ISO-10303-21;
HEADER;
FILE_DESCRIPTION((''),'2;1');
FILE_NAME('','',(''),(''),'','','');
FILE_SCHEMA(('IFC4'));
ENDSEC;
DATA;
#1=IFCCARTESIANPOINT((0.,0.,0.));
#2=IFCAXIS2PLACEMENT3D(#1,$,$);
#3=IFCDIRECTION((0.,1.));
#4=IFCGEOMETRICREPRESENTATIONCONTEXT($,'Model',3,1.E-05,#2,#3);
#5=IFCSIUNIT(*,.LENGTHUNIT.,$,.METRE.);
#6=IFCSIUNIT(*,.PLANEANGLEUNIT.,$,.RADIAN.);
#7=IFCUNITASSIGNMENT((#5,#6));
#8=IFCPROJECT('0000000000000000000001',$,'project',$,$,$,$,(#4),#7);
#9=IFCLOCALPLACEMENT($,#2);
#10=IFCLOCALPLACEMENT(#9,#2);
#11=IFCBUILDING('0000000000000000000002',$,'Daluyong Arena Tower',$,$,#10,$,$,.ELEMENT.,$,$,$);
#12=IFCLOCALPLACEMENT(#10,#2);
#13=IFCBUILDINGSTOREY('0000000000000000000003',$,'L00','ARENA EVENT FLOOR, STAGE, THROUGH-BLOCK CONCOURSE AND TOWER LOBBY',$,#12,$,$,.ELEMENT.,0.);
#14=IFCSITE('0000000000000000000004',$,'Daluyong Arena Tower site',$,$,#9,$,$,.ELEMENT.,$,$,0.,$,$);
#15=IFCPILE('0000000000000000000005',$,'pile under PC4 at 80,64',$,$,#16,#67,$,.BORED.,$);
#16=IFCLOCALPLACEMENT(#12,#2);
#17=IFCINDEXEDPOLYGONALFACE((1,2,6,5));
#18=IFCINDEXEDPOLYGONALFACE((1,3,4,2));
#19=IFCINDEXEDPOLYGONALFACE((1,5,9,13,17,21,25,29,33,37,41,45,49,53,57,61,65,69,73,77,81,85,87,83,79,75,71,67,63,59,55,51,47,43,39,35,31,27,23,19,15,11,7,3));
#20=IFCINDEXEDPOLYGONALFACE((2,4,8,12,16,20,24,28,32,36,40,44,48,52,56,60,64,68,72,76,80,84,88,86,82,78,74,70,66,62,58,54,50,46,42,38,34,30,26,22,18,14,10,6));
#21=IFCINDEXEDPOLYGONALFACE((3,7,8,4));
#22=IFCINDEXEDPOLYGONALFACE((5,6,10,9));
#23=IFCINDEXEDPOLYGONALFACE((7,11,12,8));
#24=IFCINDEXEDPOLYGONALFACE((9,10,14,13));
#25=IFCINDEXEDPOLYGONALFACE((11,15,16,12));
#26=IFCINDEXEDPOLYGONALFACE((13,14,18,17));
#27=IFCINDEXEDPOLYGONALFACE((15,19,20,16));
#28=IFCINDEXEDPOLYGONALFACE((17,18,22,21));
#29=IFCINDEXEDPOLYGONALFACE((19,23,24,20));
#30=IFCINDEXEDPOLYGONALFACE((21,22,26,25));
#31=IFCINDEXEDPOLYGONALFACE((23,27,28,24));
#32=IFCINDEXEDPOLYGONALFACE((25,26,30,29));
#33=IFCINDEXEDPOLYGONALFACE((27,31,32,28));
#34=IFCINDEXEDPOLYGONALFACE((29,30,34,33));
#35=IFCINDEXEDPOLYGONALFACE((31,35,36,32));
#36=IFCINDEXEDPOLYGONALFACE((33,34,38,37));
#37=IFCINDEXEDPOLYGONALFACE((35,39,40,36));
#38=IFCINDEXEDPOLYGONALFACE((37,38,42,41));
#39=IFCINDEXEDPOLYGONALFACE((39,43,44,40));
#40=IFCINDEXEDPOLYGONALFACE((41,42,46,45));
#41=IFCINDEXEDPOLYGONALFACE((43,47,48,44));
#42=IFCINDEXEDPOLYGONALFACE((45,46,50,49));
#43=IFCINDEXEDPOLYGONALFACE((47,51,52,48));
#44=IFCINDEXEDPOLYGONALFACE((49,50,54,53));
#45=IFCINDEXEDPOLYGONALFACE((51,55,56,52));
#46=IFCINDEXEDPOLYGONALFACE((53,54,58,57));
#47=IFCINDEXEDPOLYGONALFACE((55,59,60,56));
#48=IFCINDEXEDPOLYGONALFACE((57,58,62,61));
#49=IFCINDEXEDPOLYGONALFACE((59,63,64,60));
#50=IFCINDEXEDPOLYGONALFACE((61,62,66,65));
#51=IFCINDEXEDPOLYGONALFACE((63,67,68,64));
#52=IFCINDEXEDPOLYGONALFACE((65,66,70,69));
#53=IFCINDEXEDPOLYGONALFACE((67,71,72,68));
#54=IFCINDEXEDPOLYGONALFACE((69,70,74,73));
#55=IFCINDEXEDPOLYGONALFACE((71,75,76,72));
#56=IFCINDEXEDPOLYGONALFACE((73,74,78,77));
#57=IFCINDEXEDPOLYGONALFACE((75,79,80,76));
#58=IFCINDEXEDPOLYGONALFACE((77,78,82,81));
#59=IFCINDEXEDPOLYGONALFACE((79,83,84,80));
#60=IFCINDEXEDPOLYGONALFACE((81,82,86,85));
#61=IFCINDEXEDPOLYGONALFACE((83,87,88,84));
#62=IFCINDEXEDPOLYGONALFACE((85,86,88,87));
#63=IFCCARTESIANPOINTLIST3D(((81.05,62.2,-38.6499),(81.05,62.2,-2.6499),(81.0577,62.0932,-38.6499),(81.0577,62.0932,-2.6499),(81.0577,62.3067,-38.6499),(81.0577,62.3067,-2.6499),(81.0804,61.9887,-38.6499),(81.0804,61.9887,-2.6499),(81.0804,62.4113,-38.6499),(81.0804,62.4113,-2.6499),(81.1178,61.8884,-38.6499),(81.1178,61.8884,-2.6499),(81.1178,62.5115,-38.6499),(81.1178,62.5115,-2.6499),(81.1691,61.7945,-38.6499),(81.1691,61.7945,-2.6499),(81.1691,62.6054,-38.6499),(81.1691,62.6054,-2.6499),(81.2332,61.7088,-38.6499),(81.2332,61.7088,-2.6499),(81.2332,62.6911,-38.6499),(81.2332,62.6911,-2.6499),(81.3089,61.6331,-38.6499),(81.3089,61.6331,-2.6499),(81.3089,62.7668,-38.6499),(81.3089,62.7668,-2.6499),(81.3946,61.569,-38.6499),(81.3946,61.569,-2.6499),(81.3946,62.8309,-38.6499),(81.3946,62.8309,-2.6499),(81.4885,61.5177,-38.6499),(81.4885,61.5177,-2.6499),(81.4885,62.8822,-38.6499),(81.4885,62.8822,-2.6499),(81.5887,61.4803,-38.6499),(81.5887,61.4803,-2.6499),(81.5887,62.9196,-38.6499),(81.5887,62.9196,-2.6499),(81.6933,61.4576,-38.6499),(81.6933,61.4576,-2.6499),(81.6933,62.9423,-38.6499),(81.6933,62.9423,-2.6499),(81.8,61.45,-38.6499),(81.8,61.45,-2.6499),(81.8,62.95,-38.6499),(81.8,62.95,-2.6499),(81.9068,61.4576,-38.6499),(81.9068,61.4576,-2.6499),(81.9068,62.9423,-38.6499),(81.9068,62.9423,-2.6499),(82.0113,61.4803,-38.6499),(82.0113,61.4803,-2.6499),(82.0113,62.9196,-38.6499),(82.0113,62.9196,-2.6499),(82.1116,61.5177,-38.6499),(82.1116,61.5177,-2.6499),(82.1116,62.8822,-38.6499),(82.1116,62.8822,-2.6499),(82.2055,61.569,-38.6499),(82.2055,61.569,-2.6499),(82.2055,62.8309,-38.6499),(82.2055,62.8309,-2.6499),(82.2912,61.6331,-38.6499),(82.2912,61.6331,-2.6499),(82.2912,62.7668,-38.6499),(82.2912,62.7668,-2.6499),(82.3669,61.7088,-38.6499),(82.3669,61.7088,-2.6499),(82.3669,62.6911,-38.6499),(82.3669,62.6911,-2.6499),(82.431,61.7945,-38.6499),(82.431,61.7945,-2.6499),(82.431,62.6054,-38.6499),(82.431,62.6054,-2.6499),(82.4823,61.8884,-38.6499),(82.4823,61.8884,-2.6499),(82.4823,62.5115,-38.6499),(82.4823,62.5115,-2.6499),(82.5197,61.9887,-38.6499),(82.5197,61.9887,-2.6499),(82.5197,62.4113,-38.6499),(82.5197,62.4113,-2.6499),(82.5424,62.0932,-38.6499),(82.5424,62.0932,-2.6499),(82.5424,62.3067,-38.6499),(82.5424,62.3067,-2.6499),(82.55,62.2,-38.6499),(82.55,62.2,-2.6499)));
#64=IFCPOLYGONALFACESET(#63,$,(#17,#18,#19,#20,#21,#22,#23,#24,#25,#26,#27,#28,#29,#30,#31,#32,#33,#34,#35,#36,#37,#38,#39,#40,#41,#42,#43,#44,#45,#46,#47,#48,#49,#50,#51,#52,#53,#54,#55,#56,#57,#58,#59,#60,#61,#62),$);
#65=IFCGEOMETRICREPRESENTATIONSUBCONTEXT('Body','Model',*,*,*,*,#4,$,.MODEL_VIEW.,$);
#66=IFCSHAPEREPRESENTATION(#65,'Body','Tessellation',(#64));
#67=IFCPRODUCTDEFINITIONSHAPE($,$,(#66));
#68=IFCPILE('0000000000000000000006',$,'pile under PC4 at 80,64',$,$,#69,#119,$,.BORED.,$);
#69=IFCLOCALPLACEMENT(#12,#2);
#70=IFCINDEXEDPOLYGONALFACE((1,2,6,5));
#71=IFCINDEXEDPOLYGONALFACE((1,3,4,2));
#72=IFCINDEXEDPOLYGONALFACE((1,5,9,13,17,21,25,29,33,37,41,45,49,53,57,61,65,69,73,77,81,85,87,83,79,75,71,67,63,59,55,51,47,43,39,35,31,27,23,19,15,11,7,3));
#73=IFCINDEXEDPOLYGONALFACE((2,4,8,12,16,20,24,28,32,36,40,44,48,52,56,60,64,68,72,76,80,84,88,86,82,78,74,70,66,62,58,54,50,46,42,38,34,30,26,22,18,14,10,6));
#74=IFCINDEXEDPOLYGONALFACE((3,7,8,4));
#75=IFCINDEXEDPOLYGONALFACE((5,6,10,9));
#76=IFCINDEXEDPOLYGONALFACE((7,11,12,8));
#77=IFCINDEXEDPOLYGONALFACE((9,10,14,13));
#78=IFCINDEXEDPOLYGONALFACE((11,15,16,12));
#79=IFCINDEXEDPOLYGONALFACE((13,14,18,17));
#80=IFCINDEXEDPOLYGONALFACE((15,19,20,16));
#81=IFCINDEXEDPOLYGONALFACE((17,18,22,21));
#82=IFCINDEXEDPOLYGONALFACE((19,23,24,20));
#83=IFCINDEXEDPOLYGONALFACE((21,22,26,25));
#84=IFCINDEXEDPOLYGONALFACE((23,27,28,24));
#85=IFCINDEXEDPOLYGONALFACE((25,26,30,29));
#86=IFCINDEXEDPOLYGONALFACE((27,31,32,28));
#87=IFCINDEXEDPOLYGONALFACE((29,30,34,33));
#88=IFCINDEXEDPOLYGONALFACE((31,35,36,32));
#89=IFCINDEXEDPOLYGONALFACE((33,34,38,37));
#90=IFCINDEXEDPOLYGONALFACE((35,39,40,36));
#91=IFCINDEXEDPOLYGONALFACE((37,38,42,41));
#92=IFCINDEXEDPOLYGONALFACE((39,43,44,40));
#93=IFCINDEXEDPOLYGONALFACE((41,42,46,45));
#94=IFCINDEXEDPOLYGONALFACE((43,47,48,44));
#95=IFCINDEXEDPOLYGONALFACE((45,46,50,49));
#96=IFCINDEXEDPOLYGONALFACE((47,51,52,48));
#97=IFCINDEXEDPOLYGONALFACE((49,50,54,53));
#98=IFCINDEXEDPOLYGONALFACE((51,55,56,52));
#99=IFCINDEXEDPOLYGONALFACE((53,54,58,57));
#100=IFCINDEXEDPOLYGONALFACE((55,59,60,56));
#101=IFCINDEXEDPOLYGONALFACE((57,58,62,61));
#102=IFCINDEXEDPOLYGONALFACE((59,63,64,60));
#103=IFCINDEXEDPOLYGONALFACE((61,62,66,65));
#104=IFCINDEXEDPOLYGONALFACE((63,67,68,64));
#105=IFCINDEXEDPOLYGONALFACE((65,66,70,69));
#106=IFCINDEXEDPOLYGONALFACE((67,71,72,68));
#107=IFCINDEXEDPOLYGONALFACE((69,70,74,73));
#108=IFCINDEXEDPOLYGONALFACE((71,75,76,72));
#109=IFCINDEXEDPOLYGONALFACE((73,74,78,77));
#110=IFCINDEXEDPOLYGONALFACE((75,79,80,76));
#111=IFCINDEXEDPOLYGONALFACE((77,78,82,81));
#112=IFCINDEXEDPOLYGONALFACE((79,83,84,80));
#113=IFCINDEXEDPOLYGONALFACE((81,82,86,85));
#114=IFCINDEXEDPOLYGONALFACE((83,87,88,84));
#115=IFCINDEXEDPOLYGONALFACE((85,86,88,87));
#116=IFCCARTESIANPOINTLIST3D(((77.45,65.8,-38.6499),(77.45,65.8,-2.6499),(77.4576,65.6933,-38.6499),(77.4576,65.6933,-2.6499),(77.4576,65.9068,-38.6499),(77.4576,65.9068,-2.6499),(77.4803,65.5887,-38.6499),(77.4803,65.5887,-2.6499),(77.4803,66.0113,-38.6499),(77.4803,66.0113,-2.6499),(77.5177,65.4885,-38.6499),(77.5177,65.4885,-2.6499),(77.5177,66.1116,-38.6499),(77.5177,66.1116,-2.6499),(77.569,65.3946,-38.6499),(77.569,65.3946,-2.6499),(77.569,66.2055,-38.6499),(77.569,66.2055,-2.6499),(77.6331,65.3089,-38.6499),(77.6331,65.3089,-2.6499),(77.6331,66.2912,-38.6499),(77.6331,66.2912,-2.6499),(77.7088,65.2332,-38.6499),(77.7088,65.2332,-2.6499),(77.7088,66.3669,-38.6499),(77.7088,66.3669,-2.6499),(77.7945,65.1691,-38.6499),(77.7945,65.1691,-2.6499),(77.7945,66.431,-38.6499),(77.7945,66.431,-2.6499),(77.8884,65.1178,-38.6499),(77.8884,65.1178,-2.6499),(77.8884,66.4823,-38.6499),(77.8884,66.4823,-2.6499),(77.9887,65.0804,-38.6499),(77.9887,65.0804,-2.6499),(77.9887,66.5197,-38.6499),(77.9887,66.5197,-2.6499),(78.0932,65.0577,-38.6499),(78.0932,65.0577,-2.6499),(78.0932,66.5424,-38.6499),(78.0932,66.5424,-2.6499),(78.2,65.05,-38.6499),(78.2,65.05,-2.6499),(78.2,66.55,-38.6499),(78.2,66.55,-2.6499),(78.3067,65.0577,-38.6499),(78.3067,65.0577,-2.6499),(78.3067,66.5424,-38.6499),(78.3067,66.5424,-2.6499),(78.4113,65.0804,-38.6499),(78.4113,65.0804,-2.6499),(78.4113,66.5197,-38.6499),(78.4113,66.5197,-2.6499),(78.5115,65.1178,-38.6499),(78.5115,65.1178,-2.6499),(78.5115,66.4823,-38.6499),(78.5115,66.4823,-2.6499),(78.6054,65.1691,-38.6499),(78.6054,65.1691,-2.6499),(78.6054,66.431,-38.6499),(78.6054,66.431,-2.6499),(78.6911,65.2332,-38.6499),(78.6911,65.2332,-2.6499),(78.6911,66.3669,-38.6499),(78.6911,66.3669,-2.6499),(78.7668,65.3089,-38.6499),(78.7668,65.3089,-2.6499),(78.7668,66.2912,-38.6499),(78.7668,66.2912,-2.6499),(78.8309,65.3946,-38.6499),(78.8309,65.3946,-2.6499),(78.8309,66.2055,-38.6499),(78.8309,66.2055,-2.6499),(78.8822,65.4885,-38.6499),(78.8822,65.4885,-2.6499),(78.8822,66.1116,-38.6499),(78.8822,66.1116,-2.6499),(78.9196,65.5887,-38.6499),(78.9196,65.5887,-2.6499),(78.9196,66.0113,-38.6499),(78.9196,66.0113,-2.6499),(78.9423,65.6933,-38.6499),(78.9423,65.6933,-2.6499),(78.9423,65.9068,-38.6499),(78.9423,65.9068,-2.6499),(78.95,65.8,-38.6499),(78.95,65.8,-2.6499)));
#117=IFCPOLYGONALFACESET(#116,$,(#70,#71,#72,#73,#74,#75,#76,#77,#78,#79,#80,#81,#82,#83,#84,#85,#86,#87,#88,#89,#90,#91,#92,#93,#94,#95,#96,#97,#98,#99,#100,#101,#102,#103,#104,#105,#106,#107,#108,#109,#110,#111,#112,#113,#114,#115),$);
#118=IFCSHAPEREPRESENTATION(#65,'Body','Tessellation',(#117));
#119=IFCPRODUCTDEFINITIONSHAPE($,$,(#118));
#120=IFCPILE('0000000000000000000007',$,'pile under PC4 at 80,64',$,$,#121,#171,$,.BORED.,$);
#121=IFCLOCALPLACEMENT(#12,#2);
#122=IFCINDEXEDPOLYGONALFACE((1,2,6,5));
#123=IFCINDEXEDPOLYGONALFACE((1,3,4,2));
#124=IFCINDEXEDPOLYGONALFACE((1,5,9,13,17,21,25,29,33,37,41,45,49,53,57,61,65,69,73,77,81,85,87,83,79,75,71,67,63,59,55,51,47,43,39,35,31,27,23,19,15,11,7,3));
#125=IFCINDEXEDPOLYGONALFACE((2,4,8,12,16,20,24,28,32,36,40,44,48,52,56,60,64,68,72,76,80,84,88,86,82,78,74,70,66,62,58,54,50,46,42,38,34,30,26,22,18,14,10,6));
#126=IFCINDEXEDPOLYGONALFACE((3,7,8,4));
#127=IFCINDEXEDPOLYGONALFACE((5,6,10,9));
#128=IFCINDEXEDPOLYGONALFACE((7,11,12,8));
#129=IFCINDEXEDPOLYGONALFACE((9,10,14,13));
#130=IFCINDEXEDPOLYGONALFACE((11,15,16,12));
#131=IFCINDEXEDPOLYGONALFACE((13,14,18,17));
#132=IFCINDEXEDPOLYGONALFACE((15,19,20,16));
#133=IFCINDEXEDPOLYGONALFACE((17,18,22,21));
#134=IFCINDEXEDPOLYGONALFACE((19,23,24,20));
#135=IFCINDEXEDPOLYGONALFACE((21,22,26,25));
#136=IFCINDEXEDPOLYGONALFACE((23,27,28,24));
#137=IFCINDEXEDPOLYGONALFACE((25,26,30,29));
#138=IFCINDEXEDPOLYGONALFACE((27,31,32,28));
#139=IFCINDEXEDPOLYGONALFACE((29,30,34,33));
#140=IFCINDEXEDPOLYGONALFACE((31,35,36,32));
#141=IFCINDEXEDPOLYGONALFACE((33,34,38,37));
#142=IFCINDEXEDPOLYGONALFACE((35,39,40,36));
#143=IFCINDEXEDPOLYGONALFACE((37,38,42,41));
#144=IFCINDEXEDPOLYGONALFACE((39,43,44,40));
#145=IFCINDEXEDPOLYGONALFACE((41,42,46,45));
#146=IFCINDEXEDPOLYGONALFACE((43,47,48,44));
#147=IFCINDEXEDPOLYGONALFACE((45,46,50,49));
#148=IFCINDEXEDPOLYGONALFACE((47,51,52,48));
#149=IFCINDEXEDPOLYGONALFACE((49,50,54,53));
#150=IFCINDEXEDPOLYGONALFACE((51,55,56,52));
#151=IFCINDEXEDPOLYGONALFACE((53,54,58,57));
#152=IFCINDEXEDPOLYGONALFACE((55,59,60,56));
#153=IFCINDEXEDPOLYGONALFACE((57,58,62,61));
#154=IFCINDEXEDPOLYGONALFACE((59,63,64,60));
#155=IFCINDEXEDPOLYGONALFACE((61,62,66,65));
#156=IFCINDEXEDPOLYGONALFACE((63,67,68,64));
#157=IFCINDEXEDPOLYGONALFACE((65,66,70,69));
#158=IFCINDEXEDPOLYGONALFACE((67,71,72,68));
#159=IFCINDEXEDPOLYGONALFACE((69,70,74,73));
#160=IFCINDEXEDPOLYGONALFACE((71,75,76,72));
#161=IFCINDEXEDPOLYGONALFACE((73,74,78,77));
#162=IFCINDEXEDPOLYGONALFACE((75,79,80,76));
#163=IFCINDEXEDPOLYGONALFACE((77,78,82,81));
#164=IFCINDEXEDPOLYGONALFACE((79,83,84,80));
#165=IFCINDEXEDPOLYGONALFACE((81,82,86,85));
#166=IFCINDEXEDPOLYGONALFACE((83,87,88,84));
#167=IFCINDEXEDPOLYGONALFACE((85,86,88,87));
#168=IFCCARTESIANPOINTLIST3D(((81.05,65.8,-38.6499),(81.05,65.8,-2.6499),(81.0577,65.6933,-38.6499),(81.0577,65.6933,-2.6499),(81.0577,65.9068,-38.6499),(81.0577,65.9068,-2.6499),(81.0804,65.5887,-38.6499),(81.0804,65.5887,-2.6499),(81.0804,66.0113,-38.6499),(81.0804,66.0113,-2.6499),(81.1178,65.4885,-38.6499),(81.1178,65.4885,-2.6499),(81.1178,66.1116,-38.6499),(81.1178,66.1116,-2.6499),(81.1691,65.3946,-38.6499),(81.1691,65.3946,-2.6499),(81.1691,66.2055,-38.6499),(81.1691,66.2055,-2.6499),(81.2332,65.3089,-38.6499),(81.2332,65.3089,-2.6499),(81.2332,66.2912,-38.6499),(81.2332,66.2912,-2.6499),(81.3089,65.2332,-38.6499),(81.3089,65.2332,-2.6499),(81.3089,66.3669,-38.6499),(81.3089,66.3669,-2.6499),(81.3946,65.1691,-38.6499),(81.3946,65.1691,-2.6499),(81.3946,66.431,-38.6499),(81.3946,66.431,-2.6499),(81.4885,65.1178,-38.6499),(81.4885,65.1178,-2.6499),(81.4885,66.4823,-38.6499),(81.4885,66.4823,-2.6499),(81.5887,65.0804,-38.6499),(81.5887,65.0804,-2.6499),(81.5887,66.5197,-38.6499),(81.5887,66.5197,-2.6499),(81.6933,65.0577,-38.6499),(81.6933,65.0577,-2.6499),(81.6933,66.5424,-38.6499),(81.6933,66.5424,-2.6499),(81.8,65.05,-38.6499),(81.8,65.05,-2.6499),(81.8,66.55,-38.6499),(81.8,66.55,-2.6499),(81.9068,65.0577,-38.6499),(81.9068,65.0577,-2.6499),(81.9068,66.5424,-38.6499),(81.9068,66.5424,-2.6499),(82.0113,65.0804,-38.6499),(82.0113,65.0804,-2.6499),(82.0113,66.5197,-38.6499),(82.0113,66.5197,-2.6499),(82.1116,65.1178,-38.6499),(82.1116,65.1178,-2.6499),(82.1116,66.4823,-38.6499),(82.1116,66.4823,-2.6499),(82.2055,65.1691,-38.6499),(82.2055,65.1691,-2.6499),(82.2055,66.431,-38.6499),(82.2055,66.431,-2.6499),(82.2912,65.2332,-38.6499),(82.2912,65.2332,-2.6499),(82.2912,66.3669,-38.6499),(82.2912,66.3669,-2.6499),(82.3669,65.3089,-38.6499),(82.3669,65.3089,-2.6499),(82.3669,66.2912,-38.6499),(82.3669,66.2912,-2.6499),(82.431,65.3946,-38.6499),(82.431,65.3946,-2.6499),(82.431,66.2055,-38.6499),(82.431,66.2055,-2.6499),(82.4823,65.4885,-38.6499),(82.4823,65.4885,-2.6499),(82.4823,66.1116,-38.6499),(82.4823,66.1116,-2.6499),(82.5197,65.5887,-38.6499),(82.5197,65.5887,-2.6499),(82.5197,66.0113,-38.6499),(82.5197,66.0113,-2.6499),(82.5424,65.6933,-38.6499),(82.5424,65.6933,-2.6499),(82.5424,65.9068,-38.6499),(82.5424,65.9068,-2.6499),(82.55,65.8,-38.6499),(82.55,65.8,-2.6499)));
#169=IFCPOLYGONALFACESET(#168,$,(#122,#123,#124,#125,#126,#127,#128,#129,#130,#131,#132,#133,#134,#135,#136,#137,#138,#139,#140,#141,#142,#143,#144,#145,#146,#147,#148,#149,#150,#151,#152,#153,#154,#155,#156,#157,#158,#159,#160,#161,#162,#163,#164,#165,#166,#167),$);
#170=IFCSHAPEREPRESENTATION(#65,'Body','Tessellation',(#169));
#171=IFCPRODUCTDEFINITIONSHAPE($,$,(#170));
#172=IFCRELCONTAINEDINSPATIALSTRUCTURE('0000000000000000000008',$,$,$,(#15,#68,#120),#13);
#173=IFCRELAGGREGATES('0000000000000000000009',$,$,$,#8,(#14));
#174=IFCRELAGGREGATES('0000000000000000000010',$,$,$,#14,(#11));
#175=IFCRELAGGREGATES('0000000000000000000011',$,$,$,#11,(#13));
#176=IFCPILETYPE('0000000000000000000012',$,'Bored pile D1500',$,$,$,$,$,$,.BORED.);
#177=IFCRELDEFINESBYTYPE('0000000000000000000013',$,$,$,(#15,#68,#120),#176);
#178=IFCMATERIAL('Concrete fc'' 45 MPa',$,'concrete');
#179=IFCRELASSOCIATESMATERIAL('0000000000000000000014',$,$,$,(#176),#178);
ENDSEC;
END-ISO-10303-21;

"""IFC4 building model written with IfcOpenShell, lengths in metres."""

from ifc_helpers import new_model, si_unit, direction, frame, origin, origin_2d, place, context, subcontext, project, spatial, circle, extrude, material, type_object, element, save


model = new_model("IFC4")

# Units and contexts
model_context = context("Model", 3, precision=1e-05, world=origin(), true_north=direction((0.0, 1.0)))
body_context = subcontext(model_context, "Body", "Model", "MODEL_VIEW")
ifc_project = project(units=[si_unit("LENGTHUNIT", "METRE"), si_unit("PLANEANGLEUNIT", "RADIAN")], contexts=[model_context])

# Site, building, storey
site_placement = place(None, origin())
site = spatial("IfcSite", under=ifc_project, at=site_placement, Name="Daluyong Arena Tower site", CompositionType="ELEMENT", RefElevation=0.0)
building_placement = place(site_placement, origin())
building = spatial("IfcBuilding", under=site, at=building_placement, Name="Daluyong Arena Tower", CompositionType="ELEMENT")
storey_placement = place(building_placement, origin())
storey = spatial("IfcBuildingStorey", under=building, at=storey_placement, Name="L00", Description="ARENA EVENT FLOOR, STAGE, THROUGH-BLOCK CONCOURSE AND TOWER LOBBY", CompositionType="ELEMENT", Elevation=0.0)

# Piles
ifc_material_1 = material(Name="Concrete fc' 45 MPa", Category="concrete")
pile_type_1 = type_object("IfcPileType", Name="Bored pile D1500", PredefinedType="BORED", material=ifc_material_1)
for number, where, z_axis, x_axis, name in (
    (1, (81.8, 62.2, -2.6499), (0.0, 0.0, -1.0), (1.0, 0.0, 0.0), "pile under PC4 at 80,64"),
    (2, (78.2, 65.8, -2.6499), (0.0, 0.0, -1.0), (1.0, 0.0, 0.0), "pile under PC4 at 80,64"),
    (3, (81.8, 65.8, -2.6499), (0.0, 0.0, -1.0), (1.0, 0.0, 0.0), "pile under PC4 at 80,64"),
):
    element("IfcPile", number, at=place(storey_placement, frame(where, z_axis=z_axis, x_axis=x_axis)), inside=storey, type_object=pile_type_1, Name=name, PredefinedType="BORED", context=body_context, shape_type="SweptSolid", body=[
        extrude(circle(Radius=0.75, at=origin_2d()), origin(), (0.0, 0.0, 1.0), 36.0),
    ])

save(model, "model.ifc")
